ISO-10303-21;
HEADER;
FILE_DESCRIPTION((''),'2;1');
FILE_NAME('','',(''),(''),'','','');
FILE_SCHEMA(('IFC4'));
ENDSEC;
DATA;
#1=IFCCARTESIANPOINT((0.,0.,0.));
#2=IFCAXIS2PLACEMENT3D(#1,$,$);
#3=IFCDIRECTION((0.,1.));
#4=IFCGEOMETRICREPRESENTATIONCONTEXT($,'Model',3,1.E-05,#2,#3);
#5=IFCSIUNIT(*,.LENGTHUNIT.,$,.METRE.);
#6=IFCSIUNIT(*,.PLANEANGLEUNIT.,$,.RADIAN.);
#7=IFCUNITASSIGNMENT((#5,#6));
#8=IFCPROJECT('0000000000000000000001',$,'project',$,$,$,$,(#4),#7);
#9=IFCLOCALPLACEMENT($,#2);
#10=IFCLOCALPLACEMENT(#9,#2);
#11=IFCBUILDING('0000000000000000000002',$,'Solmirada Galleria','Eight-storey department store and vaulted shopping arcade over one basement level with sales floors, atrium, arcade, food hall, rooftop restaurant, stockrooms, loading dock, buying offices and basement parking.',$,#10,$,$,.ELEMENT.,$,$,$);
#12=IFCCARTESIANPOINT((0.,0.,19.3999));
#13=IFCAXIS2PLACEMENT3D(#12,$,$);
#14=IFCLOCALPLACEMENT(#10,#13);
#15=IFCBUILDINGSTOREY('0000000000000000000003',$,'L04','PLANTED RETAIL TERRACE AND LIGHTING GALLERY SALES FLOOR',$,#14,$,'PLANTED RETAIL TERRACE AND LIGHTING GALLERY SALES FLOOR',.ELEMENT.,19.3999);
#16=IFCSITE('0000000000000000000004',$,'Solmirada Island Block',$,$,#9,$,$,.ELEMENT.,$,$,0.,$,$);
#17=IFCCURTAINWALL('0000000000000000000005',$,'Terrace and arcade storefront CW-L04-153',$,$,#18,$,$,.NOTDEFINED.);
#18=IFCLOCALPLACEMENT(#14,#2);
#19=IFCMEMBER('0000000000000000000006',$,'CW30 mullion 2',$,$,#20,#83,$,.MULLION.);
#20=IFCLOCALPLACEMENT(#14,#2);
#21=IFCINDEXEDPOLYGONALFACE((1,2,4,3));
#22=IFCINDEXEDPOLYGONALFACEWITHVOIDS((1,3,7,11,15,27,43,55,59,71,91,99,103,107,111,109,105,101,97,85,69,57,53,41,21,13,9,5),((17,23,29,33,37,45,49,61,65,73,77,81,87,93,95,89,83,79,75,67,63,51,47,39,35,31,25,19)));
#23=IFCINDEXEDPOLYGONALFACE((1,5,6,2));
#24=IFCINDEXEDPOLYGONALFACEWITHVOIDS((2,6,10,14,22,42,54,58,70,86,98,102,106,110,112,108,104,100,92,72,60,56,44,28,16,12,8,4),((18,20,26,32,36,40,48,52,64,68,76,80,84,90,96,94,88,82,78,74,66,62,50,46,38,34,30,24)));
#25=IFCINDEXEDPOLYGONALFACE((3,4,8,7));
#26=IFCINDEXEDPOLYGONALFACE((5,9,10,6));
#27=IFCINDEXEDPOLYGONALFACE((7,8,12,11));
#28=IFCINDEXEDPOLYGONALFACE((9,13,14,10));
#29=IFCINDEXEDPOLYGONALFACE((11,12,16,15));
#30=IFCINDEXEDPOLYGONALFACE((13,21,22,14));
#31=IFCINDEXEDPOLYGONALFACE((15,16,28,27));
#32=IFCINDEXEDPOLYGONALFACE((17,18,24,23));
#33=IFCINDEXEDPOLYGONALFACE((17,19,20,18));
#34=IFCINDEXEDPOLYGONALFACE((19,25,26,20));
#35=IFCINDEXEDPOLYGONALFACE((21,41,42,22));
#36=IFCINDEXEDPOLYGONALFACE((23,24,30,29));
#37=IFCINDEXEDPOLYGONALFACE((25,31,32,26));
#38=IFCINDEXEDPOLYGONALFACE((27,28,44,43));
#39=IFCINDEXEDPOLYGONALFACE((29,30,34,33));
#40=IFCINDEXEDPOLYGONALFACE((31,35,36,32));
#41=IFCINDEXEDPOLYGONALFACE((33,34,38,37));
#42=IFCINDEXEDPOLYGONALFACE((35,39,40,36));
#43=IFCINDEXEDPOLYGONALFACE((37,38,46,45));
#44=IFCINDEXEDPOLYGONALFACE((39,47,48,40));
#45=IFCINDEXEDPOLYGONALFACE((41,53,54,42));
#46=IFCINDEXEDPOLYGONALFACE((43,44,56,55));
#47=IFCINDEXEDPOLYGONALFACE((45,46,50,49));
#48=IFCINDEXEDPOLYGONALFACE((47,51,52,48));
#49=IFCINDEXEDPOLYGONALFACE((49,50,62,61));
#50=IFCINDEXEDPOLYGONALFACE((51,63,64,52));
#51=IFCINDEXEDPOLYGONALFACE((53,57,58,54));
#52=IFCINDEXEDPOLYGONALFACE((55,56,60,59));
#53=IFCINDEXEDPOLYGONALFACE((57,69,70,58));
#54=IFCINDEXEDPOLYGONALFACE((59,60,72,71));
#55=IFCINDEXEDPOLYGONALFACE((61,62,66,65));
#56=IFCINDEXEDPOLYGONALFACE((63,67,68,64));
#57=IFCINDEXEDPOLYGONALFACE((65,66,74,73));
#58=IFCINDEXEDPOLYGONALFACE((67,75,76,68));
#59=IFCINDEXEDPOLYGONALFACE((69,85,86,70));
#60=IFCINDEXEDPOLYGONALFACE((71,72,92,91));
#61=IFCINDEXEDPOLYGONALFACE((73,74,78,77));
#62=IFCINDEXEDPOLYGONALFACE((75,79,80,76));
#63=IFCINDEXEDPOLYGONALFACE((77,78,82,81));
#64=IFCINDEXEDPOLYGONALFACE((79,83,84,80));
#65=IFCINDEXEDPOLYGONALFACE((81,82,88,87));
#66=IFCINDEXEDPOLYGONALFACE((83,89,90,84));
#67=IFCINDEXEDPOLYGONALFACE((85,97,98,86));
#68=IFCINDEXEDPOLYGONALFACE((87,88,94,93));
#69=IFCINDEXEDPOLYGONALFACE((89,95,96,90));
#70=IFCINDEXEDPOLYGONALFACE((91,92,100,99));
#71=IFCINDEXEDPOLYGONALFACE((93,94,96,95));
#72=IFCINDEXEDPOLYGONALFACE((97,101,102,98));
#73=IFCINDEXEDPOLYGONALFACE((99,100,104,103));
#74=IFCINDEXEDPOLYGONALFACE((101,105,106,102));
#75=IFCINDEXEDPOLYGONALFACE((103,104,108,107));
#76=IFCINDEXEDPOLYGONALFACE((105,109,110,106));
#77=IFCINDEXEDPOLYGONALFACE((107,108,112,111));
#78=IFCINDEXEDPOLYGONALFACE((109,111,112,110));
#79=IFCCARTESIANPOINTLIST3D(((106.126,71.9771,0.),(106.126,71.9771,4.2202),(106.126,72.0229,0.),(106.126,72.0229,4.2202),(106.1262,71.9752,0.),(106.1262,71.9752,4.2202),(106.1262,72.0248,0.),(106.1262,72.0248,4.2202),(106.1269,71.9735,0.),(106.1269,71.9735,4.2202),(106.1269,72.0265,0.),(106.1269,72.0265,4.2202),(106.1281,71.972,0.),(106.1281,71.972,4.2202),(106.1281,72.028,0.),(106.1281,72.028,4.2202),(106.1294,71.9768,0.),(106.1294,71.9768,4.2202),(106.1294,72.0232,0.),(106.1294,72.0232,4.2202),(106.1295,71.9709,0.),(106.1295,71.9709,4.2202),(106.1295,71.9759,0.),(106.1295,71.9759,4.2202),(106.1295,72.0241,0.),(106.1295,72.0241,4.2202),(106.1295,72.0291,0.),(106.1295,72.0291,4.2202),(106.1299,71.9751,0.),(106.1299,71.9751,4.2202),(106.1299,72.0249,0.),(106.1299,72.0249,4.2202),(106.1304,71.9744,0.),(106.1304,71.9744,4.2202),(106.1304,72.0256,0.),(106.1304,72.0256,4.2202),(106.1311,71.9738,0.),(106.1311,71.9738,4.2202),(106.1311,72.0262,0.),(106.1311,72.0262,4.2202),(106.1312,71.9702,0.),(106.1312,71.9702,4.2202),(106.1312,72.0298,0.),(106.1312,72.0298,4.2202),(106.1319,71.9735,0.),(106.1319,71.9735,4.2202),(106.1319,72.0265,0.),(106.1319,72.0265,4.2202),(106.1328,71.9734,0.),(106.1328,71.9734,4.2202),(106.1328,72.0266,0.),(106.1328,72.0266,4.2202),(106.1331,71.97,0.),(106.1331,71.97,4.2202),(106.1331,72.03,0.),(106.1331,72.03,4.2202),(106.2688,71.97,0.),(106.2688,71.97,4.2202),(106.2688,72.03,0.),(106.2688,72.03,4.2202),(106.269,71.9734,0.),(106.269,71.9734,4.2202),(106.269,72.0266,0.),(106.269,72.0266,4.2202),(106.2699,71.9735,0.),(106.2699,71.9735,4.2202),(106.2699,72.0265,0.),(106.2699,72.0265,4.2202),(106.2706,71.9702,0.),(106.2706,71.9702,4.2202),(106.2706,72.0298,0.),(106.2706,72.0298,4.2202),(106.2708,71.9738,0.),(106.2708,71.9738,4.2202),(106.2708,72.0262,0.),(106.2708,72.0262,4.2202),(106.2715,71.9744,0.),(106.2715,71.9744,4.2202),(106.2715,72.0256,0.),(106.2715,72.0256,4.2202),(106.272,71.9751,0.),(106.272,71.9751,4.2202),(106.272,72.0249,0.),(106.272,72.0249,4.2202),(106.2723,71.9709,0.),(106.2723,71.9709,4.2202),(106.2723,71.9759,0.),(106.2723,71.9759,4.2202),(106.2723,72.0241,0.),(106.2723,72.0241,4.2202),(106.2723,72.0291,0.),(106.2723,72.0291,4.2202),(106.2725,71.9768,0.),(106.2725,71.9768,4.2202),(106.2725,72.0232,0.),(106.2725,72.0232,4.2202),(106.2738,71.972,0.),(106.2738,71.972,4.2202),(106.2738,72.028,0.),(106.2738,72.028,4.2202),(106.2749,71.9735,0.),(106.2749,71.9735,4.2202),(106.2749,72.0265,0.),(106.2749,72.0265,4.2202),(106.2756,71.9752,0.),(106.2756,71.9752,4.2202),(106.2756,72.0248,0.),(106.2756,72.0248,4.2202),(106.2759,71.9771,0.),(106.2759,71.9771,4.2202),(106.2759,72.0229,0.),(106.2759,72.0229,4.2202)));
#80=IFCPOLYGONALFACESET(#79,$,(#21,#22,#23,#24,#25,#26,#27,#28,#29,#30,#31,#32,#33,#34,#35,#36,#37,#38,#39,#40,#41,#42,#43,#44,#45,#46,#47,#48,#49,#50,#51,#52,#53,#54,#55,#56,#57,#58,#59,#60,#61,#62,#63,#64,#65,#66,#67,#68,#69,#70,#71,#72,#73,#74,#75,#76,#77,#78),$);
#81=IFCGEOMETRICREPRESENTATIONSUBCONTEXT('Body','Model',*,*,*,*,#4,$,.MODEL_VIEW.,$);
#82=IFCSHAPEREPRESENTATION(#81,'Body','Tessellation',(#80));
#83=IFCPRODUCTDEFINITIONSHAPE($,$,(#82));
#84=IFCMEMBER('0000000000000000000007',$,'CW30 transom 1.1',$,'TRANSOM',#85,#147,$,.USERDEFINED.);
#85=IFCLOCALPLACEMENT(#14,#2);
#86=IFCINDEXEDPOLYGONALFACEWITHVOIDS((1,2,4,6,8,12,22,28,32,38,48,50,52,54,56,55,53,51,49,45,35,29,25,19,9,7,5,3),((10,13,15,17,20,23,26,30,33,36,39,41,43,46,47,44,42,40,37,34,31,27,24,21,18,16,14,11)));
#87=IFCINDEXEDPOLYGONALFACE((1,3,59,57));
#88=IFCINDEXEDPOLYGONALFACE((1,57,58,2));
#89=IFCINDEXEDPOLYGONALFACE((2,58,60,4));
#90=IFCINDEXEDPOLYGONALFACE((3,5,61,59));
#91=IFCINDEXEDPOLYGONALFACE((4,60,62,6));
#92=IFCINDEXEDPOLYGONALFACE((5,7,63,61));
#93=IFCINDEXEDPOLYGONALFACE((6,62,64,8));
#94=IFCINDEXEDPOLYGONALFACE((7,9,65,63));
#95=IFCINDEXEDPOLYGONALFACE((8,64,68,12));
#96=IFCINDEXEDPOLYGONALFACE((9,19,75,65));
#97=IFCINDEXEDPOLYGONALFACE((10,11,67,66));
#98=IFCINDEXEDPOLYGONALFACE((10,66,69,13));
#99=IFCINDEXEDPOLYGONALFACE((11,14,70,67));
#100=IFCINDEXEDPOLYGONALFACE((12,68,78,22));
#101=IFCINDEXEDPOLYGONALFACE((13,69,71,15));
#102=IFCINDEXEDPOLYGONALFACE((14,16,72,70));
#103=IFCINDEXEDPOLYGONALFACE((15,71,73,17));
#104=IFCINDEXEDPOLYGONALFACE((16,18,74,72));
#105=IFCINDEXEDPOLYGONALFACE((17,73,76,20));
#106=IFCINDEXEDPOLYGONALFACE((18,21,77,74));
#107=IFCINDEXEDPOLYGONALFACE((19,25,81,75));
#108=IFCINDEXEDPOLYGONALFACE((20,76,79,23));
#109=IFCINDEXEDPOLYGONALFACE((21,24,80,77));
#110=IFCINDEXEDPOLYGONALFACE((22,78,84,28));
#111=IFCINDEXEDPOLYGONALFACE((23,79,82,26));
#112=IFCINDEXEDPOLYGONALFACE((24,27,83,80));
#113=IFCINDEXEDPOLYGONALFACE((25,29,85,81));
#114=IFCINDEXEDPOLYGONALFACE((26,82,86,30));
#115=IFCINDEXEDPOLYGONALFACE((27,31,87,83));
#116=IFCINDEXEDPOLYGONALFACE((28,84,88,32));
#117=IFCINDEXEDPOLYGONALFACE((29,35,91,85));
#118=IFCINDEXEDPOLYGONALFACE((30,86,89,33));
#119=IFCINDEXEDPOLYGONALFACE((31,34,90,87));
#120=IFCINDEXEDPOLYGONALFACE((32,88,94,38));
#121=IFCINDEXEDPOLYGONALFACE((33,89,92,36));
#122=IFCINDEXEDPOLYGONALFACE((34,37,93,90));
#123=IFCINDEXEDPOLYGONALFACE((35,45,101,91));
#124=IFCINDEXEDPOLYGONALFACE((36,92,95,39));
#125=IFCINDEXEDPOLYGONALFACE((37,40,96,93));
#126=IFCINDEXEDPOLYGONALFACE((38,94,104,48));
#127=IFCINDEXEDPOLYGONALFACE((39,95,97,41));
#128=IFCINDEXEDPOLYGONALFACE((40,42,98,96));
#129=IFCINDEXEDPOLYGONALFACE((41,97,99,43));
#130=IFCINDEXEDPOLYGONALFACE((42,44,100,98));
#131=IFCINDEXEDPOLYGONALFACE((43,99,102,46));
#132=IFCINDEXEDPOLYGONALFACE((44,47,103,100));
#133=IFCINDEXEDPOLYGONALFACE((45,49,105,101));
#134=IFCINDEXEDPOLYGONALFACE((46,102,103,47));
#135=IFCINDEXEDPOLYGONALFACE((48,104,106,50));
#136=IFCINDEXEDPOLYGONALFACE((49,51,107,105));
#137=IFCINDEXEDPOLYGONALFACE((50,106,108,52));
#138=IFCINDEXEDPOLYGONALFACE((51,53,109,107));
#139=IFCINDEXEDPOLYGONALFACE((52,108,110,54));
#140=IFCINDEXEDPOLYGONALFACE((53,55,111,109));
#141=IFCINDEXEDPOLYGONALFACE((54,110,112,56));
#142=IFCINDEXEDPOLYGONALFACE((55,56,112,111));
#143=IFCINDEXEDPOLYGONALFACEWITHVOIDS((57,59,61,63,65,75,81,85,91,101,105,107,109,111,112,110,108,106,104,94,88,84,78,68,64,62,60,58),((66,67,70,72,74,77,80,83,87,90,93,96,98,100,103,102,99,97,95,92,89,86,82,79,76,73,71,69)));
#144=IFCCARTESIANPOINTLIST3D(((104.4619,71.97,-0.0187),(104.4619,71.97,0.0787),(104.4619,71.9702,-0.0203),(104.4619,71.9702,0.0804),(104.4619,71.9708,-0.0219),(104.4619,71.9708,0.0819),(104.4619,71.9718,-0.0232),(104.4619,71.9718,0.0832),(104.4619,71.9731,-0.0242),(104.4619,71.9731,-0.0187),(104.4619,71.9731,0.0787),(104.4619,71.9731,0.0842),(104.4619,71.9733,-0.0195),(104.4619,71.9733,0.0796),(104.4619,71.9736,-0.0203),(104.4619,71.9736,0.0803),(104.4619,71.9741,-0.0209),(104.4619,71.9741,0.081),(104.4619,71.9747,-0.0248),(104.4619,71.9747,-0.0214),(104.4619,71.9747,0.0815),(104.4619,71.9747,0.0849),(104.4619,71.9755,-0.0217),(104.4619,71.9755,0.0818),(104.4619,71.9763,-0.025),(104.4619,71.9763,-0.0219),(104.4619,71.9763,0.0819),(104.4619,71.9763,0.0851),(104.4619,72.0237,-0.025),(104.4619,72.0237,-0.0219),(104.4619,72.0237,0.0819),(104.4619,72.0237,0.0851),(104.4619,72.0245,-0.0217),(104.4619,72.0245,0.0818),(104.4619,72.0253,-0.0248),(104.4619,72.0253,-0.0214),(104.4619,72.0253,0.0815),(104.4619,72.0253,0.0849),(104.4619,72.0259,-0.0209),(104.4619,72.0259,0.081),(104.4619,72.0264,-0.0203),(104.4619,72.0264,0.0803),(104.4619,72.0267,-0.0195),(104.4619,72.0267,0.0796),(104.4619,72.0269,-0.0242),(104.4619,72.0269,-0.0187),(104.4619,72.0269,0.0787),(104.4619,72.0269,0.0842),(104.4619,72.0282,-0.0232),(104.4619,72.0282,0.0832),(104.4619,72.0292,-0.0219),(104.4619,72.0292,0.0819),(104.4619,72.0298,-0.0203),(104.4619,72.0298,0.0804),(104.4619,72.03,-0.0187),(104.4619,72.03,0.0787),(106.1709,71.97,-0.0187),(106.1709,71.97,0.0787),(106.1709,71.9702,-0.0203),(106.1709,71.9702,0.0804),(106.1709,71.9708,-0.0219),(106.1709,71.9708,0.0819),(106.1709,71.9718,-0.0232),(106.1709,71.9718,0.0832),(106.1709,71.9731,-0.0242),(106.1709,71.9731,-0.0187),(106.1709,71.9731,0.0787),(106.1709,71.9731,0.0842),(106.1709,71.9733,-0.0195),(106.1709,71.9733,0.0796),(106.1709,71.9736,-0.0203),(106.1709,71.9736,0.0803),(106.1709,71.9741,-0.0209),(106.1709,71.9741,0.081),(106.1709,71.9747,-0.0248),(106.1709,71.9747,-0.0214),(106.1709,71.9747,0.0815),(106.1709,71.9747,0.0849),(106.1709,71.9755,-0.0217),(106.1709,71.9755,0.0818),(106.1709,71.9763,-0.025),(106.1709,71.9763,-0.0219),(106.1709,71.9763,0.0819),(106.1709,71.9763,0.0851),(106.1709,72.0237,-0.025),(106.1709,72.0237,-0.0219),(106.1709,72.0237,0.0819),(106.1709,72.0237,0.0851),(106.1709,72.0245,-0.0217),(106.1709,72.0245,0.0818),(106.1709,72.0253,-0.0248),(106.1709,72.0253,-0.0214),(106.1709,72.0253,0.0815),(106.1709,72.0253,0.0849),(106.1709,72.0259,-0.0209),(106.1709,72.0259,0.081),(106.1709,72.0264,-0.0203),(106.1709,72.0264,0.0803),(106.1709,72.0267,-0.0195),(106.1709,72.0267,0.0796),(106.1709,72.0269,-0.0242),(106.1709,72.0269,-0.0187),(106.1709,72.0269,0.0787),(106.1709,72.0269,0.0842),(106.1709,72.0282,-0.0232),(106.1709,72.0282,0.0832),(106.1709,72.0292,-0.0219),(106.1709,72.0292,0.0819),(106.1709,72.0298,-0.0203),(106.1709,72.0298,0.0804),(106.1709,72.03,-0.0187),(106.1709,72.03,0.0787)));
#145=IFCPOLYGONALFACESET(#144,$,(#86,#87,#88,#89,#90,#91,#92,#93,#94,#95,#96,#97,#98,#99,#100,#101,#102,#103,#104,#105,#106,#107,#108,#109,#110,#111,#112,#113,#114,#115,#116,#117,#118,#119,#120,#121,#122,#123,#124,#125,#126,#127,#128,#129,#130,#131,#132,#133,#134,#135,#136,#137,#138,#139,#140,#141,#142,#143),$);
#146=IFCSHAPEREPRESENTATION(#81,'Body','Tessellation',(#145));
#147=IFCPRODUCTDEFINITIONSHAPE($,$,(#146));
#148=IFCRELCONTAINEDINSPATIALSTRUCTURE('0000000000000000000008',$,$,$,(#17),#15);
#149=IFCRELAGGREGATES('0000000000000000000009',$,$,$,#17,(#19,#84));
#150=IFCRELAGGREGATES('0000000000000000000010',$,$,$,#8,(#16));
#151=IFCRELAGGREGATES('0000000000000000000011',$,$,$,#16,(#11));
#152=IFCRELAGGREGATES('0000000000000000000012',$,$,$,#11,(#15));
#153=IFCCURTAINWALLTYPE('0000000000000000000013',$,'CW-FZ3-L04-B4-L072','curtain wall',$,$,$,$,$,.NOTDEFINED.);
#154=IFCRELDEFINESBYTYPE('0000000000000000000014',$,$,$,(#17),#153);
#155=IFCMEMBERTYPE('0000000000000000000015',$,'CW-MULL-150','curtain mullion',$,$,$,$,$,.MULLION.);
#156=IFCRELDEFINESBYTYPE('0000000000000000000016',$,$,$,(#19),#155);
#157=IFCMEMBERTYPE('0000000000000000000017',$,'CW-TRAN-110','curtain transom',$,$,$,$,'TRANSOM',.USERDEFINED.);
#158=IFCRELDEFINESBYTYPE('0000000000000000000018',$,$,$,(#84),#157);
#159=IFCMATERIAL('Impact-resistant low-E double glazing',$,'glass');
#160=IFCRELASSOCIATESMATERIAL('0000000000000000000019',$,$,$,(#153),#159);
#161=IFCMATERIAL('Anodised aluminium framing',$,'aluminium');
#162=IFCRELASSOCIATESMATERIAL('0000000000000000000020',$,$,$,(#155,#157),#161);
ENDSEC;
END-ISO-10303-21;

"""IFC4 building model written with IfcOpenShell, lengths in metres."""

from ifc_helpers import new_model, si_unit, direction, frame, origin, origin_2d, place, context, subcontext, project, spatial, hollow_rectangle, extrude, material, material_profile, profile_set, type_object, element, aggregate, save


model = new_model("IFC4")

# Units and contexts
model_context = context("Model", 3, precision=1e-05, world=origin(), true_north=direction((0.0, 1.0)))
body_context = subcontext(model_context, "Body", "Model", "MODEL_VIEW")
ifc_project = project(units=[si_unit("LENGTHUNIT", "METRE"), si_unit("PLANEANGLEUNIT", "RADIAN")], contexts=[model_context])

# Site, building, storey
site_placement = place(None, origin())
site = spatial("IfcSite", under=ifc_project, at=site_placement, Name="Solmirada Island Block", CompositionType="ELEMENT", RefElevation=0.0)
building_placement = place(site_placement, origin())
building = spatial("IfcBuilding", under=site, at=building_placement, Name="Solmirada Galleria", Description="Eight-storey department store and vaulted shopping arcade over one basement level with sales floors, atrium, arcade, food hall, rooftop restaurant, stockrooms, loading dock, buying offices and basement parking.", CompositionType="ELEMENT")
storey_placement = place(building_placement, frame((0.0, 0.0, 19.3999)))
storey = spatial("IfcBuildingStorey", under=building, at=storey_placement, Name="L04", Description="PLANTED RETAIL TERRACE AND LIGHTING GALLERY SALES FLOOR", LongName="PLANTED RETAIL TERRACE AND LIGHTING GALLERY SALES FLOOR", CompositionType="ELEMENT", Elevation=19.3999)

# Curtain wall, members
ifc_material_1 = material(Name="Impact-resistant low-E double glazing", Category="glass")
curtain_wall_type = type_object("IfcCurtainWallType", Name="CW-FZ3-L04-B4-L072", Description="curtain wall", PredefinedType="NOTDEFINED", material=ifc_material_1)
curtain_wall_1_placement = place(storey_placement, origin())
curtain_wall_1 = element("IfcCurtainWall", 1, at=curtain_wall_1_placement, inside=storey, type_object=curtain_wall_type, Name="Terrace and arcade storefront CW-L04-153", PredefinedType="NOTDEFINED")
ifc_material_2 = material(Name="Anodised aluminium framing", Category="aluminium")
ifc_material_profile_1 = material_profile(ifc_material_2, hollow_rectangle(XDim=0.0601, YDim=0.1499, WallThickness=0.0034, InnerFilletRadius=0.0034, OuterFilletRadius=0.0071, at=origin_2d()), Name="ALU-MULL-150X60")
ifc_profile_set_1 = profile_set([ifc_material_profile_1], Name="Anodised aluminium framing")
member_type_1 = type_object("IfcMemberType", Name="CW-MULL-150", Description="curtain mullion", PredefinedType="MULLION", material=ifc_profile_set_1)
member_1_placement = place(storey_placement, frame((106.2009, 72.0, 0.0), z_axis=(0.0, 0.0, 1.0), x_axis=(0.0, 1.0, 0.0)))
member_1 = element("IfcMember", 2, at=member_1_placement, type_object=member_type_1, Name="CW30 mullion 2", PredefinedType="MULLION", context=body_context, shape_type="SweptSolid", body=[
    extrude(hollow_rectangle(XDim=0.0601, YDim=0.1499, WallThickness=0.0034, InnerFilletRadius=0.0034, OuterFilletRadius=0.0071, at=origin_2d()), origin(), (0.0, 0.0, 1.0), 4.2202),
])
ifc_material_profile_2 = material_profile(ifc_material_2, hollow_rectangle(XDim=0.0601, YDim=0.1101, WallThickness=0.0032, InnerFilletRadius=0.0032, OuterFilletRadius=0.0063, at=origin_2d()), Name="ALU-TRAN-110X60")
ifc_profile_set_2 = profile_set([ifc_material_profile_2], Name="Anodised aluminium framing")
member_type_2 = type_object("IfcMemberType", Name="CW-TRAN-110", Description="curtain transom", ElementType="TRANSOM", PredefinedType="USERDEFINED", material=ifc_profile_set_2)
member_2_placement = place(storey_placement, frame((104.4619, 72.0, 0.03), z_axis=(1.0, 0.0, 0.0), x_axis=(0.0, 1.0, 0.0)))
member_2 = element("IfcMember", 3, at=member_2_placement, type_object=member_type_2, Name="CW30 transom 1.1", ObjectType="TRANSOM", PredefinedType="USERDEFINED", context=body_context, shape_type="SweptSolid", body=[
    extrude(hollow_rectangle(XDim=0.0601, YDim=0.1101, WallThickness=0.0032, InnerFilletRadius=0.0032, OuterFilletRadius=0.0063, at=origin_2d()), origin(), (0.0, 0.0, 1.0), 1.709),
])

aggregate(curtain_wall_1, [member_1, member_2])

save(model, "model.ifc")
